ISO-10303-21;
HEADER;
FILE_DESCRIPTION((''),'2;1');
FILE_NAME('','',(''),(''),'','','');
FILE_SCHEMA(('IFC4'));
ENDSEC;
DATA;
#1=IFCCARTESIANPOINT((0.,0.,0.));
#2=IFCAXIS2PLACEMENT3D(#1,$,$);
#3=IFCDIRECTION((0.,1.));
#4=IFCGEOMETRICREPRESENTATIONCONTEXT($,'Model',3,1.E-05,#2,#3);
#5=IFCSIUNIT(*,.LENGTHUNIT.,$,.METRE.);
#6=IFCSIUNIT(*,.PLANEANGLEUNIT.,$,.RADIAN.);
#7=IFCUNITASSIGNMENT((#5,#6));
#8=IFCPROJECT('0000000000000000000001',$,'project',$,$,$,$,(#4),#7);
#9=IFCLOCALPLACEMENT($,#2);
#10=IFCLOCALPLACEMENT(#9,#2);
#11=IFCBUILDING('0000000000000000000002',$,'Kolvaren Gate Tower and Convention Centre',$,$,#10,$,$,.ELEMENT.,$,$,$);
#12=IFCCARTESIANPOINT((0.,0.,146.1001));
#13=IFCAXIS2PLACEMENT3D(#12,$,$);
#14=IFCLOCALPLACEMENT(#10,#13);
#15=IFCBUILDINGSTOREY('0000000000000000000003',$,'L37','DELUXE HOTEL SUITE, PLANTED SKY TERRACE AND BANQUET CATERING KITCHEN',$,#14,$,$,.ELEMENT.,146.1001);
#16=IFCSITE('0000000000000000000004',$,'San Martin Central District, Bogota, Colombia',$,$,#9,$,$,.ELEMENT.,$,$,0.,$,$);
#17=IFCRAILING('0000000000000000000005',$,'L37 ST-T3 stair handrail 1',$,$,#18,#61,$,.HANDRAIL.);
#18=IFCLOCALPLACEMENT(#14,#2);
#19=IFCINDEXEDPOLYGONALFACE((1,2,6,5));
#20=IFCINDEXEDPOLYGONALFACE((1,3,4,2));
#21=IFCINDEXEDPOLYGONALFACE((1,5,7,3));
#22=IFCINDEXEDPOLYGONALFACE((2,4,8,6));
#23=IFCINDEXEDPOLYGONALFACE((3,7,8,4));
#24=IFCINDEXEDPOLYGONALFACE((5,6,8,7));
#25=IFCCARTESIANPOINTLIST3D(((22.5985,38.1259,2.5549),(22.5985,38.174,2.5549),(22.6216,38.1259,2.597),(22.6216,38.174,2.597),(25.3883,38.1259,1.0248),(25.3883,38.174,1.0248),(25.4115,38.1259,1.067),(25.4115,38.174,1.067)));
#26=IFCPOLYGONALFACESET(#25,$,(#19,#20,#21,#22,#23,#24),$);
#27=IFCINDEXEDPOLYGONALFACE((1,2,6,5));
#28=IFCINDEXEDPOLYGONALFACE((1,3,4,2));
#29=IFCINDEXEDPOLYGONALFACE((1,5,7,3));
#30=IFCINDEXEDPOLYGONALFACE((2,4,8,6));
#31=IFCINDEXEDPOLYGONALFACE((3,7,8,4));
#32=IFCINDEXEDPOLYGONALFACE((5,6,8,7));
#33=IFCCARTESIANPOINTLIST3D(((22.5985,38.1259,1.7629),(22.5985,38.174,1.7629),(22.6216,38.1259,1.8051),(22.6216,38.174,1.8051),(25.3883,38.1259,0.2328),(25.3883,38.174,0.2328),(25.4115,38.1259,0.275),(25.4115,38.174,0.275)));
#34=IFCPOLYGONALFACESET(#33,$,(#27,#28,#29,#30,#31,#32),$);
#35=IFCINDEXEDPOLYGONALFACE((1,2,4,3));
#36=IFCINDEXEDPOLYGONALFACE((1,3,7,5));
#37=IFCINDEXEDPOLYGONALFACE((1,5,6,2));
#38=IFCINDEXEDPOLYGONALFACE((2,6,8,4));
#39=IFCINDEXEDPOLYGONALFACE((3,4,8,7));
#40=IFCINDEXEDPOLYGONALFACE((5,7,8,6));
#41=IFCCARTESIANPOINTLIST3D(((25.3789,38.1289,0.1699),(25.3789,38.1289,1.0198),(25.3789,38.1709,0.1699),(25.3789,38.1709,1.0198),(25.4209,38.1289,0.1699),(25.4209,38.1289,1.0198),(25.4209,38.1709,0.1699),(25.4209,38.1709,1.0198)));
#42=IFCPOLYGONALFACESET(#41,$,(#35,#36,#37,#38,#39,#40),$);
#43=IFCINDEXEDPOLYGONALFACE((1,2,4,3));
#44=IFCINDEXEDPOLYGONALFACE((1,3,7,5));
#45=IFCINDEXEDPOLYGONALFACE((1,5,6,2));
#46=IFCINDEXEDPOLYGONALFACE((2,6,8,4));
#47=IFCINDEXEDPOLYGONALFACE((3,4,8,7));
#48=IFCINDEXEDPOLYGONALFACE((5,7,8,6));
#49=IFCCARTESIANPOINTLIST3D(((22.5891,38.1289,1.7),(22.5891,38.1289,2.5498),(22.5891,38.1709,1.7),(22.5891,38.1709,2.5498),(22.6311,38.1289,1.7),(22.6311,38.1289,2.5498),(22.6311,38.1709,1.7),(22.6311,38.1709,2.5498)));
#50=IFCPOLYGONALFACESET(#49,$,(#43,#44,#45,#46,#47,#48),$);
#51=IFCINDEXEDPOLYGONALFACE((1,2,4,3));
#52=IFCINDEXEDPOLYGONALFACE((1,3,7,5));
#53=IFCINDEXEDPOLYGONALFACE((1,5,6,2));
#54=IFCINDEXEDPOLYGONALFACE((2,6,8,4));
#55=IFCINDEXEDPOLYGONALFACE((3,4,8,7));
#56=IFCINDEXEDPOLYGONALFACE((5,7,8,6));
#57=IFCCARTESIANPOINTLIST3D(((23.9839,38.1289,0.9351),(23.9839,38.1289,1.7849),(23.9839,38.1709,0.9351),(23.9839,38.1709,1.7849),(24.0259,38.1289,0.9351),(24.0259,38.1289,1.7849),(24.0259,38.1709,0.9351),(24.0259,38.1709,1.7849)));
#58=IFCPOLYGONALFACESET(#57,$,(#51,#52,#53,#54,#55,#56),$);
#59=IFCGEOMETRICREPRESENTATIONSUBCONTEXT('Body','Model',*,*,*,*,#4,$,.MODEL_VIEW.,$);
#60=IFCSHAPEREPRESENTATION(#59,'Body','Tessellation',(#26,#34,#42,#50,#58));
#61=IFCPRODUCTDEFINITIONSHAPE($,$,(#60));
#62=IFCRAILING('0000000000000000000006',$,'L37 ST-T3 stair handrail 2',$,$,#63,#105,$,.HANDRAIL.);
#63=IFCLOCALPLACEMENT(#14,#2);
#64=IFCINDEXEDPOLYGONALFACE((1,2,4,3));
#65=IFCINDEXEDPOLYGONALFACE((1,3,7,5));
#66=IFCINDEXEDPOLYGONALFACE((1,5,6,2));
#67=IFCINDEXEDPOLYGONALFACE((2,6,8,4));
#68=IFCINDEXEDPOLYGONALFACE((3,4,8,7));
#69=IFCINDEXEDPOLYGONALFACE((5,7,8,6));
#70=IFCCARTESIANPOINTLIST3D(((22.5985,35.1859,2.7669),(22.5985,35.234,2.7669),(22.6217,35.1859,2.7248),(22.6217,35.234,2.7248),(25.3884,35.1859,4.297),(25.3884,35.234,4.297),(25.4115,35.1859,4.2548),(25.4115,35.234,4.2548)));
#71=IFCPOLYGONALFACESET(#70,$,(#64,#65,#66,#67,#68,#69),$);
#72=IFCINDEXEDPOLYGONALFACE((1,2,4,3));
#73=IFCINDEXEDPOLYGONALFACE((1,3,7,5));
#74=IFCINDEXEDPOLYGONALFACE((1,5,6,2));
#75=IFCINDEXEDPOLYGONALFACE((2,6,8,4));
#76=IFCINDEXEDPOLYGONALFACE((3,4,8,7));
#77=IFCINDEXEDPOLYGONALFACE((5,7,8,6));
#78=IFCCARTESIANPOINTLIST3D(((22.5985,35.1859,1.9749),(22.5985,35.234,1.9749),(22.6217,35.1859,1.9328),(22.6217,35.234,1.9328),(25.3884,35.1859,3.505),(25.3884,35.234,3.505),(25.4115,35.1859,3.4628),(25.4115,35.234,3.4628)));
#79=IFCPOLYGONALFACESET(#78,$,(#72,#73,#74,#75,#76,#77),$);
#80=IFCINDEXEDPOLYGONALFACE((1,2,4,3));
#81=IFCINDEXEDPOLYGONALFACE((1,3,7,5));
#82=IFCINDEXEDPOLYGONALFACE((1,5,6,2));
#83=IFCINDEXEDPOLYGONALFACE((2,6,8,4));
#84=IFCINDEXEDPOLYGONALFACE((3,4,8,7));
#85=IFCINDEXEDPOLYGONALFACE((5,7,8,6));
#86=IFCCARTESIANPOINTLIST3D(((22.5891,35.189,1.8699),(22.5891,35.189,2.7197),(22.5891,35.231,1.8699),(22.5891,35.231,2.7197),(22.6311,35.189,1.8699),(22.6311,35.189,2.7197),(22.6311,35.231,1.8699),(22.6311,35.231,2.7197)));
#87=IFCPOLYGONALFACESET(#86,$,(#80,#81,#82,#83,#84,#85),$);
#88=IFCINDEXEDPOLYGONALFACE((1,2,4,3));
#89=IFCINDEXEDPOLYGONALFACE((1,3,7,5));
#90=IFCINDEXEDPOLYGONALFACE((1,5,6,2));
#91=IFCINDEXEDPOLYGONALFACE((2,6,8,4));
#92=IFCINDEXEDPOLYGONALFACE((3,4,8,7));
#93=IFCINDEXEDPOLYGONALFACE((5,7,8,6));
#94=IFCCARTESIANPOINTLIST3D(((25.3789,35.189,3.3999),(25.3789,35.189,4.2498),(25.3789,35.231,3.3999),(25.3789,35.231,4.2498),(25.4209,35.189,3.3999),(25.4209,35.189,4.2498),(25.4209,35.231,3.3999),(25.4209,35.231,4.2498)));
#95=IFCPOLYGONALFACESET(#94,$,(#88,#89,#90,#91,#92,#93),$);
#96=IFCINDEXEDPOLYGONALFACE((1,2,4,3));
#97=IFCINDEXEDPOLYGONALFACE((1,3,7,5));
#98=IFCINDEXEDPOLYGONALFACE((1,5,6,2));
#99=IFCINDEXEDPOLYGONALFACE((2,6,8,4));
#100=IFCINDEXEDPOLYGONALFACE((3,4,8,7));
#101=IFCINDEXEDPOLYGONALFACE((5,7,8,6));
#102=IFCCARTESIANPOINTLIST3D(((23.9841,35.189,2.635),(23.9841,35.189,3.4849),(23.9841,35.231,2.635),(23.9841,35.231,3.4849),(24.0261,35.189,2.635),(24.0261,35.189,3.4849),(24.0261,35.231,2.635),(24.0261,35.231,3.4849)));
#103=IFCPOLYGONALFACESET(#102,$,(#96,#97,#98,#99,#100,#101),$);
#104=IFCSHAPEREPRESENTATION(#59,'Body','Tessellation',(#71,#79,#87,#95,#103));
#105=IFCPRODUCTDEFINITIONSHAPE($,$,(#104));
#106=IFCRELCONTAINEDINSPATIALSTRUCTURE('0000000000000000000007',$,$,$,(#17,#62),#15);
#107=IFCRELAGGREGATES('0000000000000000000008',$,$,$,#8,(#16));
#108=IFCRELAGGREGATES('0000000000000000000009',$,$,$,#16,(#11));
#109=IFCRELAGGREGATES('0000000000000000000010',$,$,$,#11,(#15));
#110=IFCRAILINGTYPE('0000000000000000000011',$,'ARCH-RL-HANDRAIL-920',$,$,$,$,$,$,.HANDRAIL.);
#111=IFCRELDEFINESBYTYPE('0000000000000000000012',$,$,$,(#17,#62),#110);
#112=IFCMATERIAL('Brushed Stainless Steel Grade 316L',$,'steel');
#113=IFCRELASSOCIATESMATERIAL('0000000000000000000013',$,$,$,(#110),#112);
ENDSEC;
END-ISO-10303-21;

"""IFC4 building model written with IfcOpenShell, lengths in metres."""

from ifc_helpers import new_model, si_unit, direction, frame, origin, origin_2d, place, context, subcontext, project, spatial, rectangle, extrude, material, type_object, element, save


model = new_model("IFC4")

# Units and contexts
model_context = context("Model", 3, precision=1e-05, world=origin(), true_north=direction((0.0, 1.0)))
body_context = subcontext(model_context, "Body", "Model", "MODEL_VIEW")
ifc_project = project(units=[si_unit("LENGTHUNIT", "METRE"), si_unit("PLANEANGLEUNIT", "RADIAN")], contexts=[model_context])

# Site, building, storey
site_placement = place(None, origin())
site = spatial("IfcSite", under=ifc_project, at=site_placement, Name="San Martin Central District, Bogota, Colombia", CompositionType="ELEMENT", RefElevation=0.0)
building_placement = place(site_placement, origin())
building = spatial("IfcBuilding", under=site, at=building_placement, Name="Kolvaren Gate Tower and Convention Centre", CompositionType="ELEMENT")
storey_placement = place(building_placement, frame((0.0, 0.0, 146.1001)))
storey = spatial("IfcBuildingStorey", under=building, at=storey_placement, Name="L37", Description="DELUXE HOTEL SUITE, PLANTED SKY TERRACE AND BANQUET CATERING KITCHEN", CompositionType="ELEMENT", Elevation=146.1001)

# Railings
ifc_material_1 = material(Name="Brushed Stainless Steel Grade 316L", Category="steel")
railing_type_1 = type_object("IfcRailingType", Name="ARCH-RL-HANDRAIL-920", PredefinedType="HANDRAIL", material=ifc_material_1)
railing_1_placement = place(storey_placement, frame((25.3999, 38.1499, 0.1699)))
element("IfcRailing", 1, at=railing_1_placement, inside=storey, type_object=railing_type_1, Name="L37 ST-T3 stair handrail 1", PredefinedType="HANDRAIL", context=body_context, shape_type="SweptSolid", body=[
    extrude(rectangle(XDim=0.0481, YDim=0.0481, at=origin_2d()), frame((0.0, 0.0, 0.876), z_axis=(-0.876794, 0.0, 0.480867), x_axis=(0.0, -1.0, 0.0)), (0.0, 0.0, 1.0), 3.1819),
    extrude(rectangle(XDim=0.0481, YDim=0.0481, at=origin_2d()), frame((0.0, 0.0, 0.084), z_axis=(-0.876794, 0.0, 0.480867), x_axis=(0.0, -1.0, 0.0)), (0.0, 0.0, 1.0), 3.1819),
    extrude(rectangle(XDim=0.042, YDim=0.042, at=origin_2d()), origin(), (0.0, 0.0, 1.0), 0.8499),
    extrude(rectangle(XDim=0.042, YDim=0.042, at=origin_2d()), frame((-2.7898, 0.0, 1.53)), (0.0, 0.0, 1.0), 0.8499),
    extrude(rectangle(XDim=0.042, YDim=0.042, at=origin_2d()), frame((-1.395, 0.0, 0.7651)), (0.0, 0.0, 1.0), 0.8499),
])
railing_2_placement = place(storey_placement, frame((22.6101, 35.21, 1.8699)))
element("IfcRailing", 2, at=railing_2_placement, inside=storey, type_object=railing_type_1, Name="L37 ST-T3 stair handrail 2", PredefinedType="HANDRAIL", context=body_context, shape_type="SweptSolid", body=[
    extrude(rectangle(XDim=0.0481, YDim=0.0481, at=origin_2d()), frame((0.0, 0.0, 0.876), z_axis=(0.876794, 0.0, 0.480867), x_axis=(0.0, 1.0, 0.0)), (0.0, 0.0, 1.0), 3.1819),
    extrude(rectangle(XDim=0.0481, YDim=0.0481, at=origin_2d()), frame((0.0, 0.0, 0.084), z_axis=(0.876794, 0.0, 0.480867), x_axis=(0.0, 1.0, 0.0)), (0.0, 0.0, 1.0), 3.1819),
    extrude(rectangle(XDim=0.042, YDim=0.042, at=origin_2d()), origin(), (0.0, 0.0, 1.0), 0.8499),
    extrude(rectangle(XDim=0.042, YDim=0.042, at=origin_2d()), frame((2.7898, 0.0, 1.53)), (0.0, 0.0, 1.0), 0.8499),
    extrude(rectangle(XDim=0.042, YDim=0.042, at=origin_2d()), frame((1.395, 0.0, 0.7651)), (0.0, 0.0, 1.0), 0.8499),
])

save(model, "model.ifc")
